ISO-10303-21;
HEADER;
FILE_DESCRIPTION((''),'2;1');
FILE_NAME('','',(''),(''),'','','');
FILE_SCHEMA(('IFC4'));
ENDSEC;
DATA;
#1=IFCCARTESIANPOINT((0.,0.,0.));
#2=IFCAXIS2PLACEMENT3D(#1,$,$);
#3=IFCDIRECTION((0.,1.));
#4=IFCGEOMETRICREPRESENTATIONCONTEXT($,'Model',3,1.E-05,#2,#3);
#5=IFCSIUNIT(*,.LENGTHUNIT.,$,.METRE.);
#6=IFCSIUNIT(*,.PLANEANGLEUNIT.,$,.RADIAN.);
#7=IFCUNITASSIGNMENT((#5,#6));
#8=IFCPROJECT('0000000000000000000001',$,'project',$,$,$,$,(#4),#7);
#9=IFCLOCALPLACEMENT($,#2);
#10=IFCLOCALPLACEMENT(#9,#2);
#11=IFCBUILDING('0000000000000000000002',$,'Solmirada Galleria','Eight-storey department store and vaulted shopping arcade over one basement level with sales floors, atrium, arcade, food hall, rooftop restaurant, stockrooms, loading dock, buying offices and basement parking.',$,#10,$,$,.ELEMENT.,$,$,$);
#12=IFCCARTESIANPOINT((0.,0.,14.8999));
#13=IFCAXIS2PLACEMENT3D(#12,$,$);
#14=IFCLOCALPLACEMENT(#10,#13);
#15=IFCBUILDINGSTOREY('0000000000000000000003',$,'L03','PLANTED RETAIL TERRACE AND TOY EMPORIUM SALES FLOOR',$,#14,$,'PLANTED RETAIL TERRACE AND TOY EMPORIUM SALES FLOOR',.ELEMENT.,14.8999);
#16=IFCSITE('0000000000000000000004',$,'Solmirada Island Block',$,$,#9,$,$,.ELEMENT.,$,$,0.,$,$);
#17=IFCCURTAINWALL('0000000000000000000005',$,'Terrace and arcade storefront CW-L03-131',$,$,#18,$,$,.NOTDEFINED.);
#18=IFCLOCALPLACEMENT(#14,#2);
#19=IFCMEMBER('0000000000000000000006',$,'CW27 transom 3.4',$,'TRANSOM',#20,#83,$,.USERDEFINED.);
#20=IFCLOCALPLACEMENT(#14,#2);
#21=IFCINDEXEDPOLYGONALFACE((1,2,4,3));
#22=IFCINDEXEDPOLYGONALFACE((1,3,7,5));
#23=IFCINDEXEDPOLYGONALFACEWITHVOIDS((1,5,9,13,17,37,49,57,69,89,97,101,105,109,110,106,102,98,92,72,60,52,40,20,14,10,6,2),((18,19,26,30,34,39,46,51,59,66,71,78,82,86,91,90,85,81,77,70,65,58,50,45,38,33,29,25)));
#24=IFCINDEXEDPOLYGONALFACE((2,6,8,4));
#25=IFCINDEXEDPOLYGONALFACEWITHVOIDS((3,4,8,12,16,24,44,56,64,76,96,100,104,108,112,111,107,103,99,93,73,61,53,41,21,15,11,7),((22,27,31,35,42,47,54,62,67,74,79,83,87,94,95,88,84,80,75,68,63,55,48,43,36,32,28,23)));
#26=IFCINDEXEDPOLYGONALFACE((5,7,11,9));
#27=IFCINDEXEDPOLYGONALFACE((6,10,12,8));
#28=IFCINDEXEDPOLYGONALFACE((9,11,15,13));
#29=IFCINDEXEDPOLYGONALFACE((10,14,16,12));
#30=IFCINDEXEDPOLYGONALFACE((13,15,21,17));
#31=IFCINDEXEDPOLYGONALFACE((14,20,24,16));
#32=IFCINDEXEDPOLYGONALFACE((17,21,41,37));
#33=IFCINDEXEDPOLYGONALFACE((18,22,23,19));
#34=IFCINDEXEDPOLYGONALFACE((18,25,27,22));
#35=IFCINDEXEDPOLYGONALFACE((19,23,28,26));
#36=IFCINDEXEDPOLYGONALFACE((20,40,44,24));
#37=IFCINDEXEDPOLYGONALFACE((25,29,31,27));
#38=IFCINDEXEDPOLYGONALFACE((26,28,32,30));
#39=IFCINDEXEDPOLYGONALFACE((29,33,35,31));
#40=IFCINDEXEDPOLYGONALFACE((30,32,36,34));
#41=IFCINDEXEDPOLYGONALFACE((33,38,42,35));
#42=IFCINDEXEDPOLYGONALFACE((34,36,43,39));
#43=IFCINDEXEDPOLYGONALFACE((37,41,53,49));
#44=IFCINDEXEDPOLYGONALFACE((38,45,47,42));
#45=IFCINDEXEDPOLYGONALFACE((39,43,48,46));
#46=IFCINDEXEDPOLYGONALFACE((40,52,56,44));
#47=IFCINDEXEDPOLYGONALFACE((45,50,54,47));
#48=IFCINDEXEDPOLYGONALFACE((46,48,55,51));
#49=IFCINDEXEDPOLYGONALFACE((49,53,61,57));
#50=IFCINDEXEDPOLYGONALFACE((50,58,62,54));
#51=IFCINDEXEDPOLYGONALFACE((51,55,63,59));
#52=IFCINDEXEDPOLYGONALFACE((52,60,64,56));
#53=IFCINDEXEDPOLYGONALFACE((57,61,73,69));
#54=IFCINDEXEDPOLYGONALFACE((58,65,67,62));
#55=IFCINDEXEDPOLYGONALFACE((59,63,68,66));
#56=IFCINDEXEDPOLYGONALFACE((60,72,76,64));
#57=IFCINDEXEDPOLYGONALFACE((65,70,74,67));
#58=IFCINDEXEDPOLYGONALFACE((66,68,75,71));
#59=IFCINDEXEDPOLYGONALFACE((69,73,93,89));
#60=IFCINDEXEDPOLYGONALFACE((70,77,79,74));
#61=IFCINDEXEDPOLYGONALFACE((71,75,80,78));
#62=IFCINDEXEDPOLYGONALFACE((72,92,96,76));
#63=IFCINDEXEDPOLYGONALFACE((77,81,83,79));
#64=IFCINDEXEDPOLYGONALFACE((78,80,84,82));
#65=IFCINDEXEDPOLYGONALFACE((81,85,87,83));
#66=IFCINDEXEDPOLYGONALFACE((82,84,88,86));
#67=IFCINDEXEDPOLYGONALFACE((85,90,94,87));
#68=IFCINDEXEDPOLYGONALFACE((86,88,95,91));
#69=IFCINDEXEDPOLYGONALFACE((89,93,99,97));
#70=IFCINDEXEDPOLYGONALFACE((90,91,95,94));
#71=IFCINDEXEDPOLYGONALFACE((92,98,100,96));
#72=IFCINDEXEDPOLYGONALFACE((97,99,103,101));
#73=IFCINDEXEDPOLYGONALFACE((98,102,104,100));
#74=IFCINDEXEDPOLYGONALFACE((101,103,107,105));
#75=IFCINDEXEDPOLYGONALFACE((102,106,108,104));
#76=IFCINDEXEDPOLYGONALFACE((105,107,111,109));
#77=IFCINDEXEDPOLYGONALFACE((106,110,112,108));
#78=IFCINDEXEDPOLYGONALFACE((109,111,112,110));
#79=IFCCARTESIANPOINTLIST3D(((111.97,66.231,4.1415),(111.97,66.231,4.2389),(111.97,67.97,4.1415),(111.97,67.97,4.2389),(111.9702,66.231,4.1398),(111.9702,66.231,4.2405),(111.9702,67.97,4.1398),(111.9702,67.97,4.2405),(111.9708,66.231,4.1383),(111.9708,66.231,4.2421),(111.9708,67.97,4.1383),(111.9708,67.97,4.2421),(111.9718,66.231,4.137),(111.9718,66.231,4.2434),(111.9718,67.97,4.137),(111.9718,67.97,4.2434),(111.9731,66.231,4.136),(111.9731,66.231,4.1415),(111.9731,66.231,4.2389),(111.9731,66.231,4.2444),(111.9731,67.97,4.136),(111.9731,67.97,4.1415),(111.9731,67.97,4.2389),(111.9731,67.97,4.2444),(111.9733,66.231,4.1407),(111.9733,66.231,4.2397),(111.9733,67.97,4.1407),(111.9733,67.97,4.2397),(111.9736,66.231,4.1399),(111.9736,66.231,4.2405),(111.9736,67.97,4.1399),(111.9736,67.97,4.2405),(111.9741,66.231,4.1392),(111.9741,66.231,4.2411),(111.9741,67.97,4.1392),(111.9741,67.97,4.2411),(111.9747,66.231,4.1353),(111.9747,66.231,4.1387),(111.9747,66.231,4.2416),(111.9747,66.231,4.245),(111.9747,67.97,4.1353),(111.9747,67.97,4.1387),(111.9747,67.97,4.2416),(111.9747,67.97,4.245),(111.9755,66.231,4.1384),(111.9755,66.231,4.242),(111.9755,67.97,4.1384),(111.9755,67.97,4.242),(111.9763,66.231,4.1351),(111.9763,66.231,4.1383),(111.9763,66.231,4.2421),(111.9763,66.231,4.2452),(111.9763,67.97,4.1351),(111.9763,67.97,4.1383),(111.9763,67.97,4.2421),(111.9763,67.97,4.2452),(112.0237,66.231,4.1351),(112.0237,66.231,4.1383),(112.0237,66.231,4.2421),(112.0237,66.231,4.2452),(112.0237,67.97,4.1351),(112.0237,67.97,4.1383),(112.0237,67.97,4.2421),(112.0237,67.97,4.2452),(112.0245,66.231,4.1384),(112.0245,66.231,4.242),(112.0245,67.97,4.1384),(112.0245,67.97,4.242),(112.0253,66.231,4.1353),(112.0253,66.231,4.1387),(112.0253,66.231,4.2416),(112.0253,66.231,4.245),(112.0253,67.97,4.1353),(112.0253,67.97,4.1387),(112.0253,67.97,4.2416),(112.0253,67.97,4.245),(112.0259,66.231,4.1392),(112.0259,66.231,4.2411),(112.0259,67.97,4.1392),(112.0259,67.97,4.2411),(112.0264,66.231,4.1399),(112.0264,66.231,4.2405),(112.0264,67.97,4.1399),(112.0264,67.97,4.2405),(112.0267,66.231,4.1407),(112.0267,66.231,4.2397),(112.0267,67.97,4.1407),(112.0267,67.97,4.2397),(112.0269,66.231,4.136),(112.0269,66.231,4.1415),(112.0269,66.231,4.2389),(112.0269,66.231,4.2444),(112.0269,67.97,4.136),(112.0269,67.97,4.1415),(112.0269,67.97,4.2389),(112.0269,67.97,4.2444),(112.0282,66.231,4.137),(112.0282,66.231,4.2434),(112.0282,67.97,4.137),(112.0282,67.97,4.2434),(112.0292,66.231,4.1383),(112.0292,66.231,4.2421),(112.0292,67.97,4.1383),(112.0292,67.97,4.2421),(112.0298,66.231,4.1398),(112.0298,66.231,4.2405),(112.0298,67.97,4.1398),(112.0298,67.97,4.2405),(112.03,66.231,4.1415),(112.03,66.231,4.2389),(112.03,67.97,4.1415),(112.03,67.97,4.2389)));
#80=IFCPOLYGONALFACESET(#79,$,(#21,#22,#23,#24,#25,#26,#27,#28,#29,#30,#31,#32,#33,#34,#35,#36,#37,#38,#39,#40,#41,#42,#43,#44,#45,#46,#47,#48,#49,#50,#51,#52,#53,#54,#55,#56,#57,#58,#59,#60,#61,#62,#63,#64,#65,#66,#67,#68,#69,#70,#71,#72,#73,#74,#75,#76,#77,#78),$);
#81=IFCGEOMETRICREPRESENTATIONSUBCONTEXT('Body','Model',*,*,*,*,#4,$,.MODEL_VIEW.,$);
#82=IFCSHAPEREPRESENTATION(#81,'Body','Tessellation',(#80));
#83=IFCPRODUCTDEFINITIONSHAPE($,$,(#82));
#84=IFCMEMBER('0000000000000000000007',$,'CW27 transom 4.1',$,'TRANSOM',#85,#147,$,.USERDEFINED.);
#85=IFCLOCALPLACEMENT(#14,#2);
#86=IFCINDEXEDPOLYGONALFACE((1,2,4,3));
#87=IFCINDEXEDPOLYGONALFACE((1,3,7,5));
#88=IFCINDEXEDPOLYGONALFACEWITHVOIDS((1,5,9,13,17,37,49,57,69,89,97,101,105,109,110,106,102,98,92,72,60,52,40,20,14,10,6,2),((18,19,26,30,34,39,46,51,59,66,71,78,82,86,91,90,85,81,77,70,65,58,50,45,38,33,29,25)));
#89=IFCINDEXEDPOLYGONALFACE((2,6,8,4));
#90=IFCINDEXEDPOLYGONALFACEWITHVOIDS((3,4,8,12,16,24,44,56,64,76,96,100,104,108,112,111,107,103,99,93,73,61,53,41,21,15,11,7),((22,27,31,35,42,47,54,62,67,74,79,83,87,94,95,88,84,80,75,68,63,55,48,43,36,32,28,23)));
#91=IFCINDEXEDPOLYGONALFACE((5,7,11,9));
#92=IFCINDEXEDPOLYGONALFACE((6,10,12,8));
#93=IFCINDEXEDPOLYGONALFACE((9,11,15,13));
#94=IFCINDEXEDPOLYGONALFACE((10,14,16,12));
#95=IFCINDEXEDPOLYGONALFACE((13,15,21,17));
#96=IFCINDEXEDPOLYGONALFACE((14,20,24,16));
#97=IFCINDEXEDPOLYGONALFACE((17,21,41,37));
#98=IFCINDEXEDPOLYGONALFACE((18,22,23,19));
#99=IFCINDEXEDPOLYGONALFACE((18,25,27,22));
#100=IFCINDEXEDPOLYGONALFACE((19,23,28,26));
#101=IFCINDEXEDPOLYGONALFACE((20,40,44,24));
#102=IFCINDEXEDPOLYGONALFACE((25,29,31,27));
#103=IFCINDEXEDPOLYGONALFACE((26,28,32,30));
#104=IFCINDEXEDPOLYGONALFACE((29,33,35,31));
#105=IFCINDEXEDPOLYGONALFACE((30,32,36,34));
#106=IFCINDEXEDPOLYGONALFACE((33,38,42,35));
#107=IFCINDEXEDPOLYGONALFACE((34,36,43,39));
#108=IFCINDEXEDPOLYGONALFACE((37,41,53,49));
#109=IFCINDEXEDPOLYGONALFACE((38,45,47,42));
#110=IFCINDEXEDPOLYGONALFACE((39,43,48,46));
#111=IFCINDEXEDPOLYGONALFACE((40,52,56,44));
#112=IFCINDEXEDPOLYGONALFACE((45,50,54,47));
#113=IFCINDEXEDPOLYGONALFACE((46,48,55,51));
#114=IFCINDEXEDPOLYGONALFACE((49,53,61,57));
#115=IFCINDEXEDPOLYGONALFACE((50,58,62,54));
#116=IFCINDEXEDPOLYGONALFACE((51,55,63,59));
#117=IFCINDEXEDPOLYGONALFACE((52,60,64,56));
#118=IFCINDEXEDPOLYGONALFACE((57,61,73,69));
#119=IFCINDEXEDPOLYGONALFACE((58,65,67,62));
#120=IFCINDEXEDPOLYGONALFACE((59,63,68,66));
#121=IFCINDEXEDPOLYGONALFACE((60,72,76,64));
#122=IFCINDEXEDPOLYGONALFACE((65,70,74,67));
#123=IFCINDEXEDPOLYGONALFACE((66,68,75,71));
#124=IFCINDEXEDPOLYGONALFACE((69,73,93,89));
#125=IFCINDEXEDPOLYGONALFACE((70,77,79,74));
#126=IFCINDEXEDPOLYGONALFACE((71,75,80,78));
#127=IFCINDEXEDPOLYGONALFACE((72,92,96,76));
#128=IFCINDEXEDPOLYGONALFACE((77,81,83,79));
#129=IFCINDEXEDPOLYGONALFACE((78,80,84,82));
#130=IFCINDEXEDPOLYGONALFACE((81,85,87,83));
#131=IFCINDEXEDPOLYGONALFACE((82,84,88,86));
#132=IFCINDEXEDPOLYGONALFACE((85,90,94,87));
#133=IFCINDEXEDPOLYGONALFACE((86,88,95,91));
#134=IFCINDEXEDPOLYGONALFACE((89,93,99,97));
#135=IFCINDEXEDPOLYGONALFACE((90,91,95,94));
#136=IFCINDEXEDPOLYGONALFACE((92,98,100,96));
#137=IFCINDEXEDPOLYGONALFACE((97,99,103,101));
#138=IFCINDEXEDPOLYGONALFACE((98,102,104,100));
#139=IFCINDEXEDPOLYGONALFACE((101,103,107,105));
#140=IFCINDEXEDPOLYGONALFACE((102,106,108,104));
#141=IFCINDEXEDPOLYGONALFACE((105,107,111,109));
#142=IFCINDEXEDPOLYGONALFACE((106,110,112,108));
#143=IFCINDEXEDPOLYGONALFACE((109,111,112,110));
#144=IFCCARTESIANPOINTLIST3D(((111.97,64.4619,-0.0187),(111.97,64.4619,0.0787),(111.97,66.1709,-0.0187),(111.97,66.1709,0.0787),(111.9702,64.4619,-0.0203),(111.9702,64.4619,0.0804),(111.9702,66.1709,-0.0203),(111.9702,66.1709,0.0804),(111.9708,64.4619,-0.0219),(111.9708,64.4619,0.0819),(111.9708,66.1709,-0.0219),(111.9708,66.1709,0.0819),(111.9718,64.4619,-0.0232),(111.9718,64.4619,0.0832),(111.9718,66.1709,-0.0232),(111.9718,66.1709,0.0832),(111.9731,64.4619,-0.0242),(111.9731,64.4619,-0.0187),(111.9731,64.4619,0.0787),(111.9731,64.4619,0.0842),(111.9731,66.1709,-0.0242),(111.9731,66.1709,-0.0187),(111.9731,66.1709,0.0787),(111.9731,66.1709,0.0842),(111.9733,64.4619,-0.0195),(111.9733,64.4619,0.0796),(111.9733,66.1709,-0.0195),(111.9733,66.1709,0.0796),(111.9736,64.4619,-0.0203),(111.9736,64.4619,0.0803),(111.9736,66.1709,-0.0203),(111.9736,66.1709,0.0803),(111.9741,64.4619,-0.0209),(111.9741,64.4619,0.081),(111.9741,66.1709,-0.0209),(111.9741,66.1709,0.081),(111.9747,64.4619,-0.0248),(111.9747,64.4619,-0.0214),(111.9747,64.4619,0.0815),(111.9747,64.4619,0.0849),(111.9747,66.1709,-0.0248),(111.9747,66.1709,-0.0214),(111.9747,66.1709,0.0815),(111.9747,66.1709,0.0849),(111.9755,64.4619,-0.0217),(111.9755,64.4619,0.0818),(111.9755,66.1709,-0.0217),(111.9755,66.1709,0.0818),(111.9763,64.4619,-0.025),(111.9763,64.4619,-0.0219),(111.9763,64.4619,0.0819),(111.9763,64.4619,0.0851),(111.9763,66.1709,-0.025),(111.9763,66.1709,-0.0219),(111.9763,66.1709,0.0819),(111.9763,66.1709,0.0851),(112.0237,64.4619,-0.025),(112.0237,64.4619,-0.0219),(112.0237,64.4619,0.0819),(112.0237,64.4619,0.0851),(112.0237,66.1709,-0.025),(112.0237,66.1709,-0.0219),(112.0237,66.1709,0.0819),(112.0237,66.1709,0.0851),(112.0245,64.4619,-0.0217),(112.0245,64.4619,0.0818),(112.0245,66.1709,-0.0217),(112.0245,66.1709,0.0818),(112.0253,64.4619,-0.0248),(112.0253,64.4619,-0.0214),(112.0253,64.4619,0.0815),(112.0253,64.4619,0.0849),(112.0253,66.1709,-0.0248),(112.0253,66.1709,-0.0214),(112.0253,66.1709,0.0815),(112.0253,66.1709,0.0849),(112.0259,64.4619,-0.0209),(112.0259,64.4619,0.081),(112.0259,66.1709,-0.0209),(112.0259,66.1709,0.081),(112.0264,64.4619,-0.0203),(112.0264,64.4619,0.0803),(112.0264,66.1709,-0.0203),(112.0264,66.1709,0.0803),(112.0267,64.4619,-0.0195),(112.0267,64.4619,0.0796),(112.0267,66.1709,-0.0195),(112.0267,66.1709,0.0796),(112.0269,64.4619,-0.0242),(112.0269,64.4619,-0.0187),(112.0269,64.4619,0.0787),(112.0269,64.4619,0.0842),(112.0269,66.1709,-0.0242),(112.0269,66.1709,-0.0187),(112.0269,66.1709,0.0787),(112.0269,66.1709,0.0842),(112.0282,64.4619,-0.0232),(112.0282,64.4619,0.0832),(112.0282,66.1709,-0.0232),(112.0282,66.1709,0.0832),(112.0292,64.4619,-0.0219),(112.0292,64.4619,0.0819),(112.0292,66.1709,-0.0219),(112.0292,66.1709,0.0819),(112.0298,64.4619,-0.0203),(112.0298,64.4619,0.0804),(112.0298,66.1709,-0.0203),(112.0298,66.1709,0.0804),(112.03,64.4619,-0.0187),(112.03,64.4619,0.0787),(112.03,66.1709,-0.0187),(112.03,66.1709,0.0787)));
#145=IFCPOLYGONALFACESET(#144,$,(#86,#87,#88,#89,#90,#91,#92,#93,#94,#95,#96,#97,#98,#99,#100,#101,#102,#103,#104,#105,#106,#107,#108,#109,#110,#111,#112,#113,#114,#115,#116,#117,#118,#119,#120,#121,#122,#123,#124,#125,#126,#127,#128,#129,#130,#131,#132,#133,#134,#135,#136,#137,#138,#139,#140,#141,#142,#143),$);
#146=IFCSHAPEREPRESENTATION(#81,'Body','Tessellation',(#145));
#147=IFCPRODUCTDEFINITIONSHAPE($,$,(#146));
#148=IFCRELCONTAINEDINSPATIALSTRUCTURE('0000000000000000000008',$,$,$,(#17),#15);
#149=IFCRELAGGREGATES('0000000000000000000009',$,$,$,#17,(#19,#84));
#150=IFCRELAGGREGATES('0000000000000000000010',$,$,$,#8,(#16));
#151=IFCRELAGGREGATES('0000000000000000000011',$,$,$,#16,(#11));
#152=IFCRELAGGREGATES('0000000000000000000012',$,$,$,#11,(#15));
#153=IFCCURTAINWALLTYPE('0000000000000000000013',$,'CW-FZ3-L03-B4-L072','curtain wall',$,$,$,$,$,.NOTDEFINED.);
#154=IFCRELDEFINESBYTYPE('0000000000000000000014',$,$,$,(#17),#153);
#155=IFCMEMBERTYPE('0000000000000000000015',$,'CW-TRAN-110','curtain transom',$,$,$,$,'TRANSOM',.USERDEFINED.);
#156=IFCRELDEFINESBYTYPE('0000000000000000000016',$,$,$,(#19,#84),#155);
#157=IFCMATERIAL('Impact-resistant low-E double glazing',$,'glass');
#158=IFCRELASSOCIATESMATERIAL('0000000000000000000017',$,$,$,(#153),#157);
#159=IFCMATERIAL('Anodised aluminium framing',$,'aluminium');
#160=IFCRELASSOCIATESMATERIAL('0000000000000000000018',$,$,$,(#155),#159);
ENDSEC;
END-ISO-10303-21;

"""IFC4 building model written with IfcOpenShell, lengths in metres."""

from ifc_helpers import new_model, si_unit, direction, frame, origin, origin_2d, place, context, subcontext, project, spatial, hollow_rectangle, extrude, material, material_profile, profile_set, type_object, element, aggregate, save


model = new_model("IFC4")

# Units and contexts
model_context = context("Model", 3, precision=1e-05, world=origin(), true_north=direction((0.0, 1.0)))
body_context = subcontext(model_context, "Body", "Model", "MODEL_VIEW")
ifc_project = project(units=[si_unit("LENGTHUNIT", "METRE"), si_unit("PLANEANGLEUNIT", "RADIAN")], contexts=[model_context])

# Site, building, storey
site_placement = place(None, origin())
site = spatial("IfcSite", under=ifc_project, at=site_placement, Name="Solmirada Island Block", CompositionType="ELEMENT", RefElevation=0.0)
building_placement = place(site_placement, origin())
building = spatial("IfcBuilding", under=site, at=building_placement, Name="Solmirada Galleria", Description="Eight-storey department store and vaulted shopping arcade over one basement level with sales floors, atrium, arcade, food hall, rooftop restaurant, stockrooms, loading dock, buying offices and basement parking.", CompositionType="ELEMENT")
storey_placement = place(building_placement, frame((0.0, 0.0, 14.8999)))
storey = spatial("IfcBuildingStorey", under=building, at=storey_placement, Name="L03", Description="PLANTED RETAIL TERRACE AND TOY EMPORIUM SALES FLOOR", LongName="PLANTED RETAIL TERRACE AND TOY EMPORIUM SALES FLOOR", CompositionType="ELEMENT", Elevation=14.8999)

# Curtain wall, members
ifc_material_1 = material(Name="Impact-resistant low-E double glazing", Category="glass")
curtain_wall_type = type_object("IfcCurtainWallType", Name="CW-FZ3-L03-B4-L072", Description="curtain wall", PredefinedType="NOTDEFINED", material=ifc_material_1)
curtain_wall_placement = place(storey_placement, origin())
curtain_wall = element("IfcCurtainWall", 1, at=curtain_wall_placement, inside=storey, type_object=curtain_wall_type, Name="Terrace and arcade storefront CW-L03-131", PredefinedType="NOTDEFINED")
ifc_material_2 = material(Name="Anodised aluminium framing", Category="aluminium")
ifc_material_profile_1 = material_profile(ifc_material_2, hollow_rectangle(XDim=0.0601, YDim=0.1101, WallThickness=0.0032, InnerFilletRadius=0.0032, OuterFilletRadius=0.0063, at=origin_2d()), Name="ALU-TRAN-110X60")
ifc_profile_set_1 = profile_set([ifc_material_profile_1], Name="Anodised aluminium framing")
member_type_1 = type_object("IfcMemberType", Name="CW-TRAN-110", Description="curtain transom", ElementType="TRANSOM", PredefinedType="USERDEFINED", material=ifc_profile_set_1)
member_1_placement = place(storey_placement, frame((112.0, 67.97, 4.1902), z_axis=(0.0, -1.0, 0.0), x_axis=(1.0, 0.0, 0.0)))
member_1 = element("IfcMember", 2, at=member_1_placement, type_object=member_type_1, Name="CW27 transom 3.4", ObjectType="TRANSOM", PredefinedType="USERDEFINED", context=body_context, shape_type="SweptSolid", body=[
    extrude(hollow_rectangle(XDim=0.0601, YDim=0.1101, WallThickness=0.0032, InnerFilletRadius=0.0032, OuterFilletRadius=0.0063, at=origin_2d()), origin(), (0.0, 0.0, 1.0), 1.739),
])
member_2_placement = place(storey_placement, frame((112.0, 66.1709, 0.03), z_axis=(0.0, -1.0, 0.0), x_axis=(1.0, 0.0, 0.0)))
member_2 = element("IfcMember", 3, at=member_2_placement, type_object=member_type_1, Name="CW27 transom 4.1", ObjectType="TRANSOM", PredefinedType="USERDEFINED", context=body_context, shape_type="SweptSolid", body=[
    extrude(hollow_rectangle(XDim=0.0601, YDim=0.1101, WallThickness=0.0032, InnerFilletRadius=0.0032, OuterFilletRadius=0.0063, at=origin_2d()), origin(), (0.0, 0.0, 1.0), 1.709),
])
aggregate(curtain_wall, [member_1, member_2])

save(model, "model.ifc")
